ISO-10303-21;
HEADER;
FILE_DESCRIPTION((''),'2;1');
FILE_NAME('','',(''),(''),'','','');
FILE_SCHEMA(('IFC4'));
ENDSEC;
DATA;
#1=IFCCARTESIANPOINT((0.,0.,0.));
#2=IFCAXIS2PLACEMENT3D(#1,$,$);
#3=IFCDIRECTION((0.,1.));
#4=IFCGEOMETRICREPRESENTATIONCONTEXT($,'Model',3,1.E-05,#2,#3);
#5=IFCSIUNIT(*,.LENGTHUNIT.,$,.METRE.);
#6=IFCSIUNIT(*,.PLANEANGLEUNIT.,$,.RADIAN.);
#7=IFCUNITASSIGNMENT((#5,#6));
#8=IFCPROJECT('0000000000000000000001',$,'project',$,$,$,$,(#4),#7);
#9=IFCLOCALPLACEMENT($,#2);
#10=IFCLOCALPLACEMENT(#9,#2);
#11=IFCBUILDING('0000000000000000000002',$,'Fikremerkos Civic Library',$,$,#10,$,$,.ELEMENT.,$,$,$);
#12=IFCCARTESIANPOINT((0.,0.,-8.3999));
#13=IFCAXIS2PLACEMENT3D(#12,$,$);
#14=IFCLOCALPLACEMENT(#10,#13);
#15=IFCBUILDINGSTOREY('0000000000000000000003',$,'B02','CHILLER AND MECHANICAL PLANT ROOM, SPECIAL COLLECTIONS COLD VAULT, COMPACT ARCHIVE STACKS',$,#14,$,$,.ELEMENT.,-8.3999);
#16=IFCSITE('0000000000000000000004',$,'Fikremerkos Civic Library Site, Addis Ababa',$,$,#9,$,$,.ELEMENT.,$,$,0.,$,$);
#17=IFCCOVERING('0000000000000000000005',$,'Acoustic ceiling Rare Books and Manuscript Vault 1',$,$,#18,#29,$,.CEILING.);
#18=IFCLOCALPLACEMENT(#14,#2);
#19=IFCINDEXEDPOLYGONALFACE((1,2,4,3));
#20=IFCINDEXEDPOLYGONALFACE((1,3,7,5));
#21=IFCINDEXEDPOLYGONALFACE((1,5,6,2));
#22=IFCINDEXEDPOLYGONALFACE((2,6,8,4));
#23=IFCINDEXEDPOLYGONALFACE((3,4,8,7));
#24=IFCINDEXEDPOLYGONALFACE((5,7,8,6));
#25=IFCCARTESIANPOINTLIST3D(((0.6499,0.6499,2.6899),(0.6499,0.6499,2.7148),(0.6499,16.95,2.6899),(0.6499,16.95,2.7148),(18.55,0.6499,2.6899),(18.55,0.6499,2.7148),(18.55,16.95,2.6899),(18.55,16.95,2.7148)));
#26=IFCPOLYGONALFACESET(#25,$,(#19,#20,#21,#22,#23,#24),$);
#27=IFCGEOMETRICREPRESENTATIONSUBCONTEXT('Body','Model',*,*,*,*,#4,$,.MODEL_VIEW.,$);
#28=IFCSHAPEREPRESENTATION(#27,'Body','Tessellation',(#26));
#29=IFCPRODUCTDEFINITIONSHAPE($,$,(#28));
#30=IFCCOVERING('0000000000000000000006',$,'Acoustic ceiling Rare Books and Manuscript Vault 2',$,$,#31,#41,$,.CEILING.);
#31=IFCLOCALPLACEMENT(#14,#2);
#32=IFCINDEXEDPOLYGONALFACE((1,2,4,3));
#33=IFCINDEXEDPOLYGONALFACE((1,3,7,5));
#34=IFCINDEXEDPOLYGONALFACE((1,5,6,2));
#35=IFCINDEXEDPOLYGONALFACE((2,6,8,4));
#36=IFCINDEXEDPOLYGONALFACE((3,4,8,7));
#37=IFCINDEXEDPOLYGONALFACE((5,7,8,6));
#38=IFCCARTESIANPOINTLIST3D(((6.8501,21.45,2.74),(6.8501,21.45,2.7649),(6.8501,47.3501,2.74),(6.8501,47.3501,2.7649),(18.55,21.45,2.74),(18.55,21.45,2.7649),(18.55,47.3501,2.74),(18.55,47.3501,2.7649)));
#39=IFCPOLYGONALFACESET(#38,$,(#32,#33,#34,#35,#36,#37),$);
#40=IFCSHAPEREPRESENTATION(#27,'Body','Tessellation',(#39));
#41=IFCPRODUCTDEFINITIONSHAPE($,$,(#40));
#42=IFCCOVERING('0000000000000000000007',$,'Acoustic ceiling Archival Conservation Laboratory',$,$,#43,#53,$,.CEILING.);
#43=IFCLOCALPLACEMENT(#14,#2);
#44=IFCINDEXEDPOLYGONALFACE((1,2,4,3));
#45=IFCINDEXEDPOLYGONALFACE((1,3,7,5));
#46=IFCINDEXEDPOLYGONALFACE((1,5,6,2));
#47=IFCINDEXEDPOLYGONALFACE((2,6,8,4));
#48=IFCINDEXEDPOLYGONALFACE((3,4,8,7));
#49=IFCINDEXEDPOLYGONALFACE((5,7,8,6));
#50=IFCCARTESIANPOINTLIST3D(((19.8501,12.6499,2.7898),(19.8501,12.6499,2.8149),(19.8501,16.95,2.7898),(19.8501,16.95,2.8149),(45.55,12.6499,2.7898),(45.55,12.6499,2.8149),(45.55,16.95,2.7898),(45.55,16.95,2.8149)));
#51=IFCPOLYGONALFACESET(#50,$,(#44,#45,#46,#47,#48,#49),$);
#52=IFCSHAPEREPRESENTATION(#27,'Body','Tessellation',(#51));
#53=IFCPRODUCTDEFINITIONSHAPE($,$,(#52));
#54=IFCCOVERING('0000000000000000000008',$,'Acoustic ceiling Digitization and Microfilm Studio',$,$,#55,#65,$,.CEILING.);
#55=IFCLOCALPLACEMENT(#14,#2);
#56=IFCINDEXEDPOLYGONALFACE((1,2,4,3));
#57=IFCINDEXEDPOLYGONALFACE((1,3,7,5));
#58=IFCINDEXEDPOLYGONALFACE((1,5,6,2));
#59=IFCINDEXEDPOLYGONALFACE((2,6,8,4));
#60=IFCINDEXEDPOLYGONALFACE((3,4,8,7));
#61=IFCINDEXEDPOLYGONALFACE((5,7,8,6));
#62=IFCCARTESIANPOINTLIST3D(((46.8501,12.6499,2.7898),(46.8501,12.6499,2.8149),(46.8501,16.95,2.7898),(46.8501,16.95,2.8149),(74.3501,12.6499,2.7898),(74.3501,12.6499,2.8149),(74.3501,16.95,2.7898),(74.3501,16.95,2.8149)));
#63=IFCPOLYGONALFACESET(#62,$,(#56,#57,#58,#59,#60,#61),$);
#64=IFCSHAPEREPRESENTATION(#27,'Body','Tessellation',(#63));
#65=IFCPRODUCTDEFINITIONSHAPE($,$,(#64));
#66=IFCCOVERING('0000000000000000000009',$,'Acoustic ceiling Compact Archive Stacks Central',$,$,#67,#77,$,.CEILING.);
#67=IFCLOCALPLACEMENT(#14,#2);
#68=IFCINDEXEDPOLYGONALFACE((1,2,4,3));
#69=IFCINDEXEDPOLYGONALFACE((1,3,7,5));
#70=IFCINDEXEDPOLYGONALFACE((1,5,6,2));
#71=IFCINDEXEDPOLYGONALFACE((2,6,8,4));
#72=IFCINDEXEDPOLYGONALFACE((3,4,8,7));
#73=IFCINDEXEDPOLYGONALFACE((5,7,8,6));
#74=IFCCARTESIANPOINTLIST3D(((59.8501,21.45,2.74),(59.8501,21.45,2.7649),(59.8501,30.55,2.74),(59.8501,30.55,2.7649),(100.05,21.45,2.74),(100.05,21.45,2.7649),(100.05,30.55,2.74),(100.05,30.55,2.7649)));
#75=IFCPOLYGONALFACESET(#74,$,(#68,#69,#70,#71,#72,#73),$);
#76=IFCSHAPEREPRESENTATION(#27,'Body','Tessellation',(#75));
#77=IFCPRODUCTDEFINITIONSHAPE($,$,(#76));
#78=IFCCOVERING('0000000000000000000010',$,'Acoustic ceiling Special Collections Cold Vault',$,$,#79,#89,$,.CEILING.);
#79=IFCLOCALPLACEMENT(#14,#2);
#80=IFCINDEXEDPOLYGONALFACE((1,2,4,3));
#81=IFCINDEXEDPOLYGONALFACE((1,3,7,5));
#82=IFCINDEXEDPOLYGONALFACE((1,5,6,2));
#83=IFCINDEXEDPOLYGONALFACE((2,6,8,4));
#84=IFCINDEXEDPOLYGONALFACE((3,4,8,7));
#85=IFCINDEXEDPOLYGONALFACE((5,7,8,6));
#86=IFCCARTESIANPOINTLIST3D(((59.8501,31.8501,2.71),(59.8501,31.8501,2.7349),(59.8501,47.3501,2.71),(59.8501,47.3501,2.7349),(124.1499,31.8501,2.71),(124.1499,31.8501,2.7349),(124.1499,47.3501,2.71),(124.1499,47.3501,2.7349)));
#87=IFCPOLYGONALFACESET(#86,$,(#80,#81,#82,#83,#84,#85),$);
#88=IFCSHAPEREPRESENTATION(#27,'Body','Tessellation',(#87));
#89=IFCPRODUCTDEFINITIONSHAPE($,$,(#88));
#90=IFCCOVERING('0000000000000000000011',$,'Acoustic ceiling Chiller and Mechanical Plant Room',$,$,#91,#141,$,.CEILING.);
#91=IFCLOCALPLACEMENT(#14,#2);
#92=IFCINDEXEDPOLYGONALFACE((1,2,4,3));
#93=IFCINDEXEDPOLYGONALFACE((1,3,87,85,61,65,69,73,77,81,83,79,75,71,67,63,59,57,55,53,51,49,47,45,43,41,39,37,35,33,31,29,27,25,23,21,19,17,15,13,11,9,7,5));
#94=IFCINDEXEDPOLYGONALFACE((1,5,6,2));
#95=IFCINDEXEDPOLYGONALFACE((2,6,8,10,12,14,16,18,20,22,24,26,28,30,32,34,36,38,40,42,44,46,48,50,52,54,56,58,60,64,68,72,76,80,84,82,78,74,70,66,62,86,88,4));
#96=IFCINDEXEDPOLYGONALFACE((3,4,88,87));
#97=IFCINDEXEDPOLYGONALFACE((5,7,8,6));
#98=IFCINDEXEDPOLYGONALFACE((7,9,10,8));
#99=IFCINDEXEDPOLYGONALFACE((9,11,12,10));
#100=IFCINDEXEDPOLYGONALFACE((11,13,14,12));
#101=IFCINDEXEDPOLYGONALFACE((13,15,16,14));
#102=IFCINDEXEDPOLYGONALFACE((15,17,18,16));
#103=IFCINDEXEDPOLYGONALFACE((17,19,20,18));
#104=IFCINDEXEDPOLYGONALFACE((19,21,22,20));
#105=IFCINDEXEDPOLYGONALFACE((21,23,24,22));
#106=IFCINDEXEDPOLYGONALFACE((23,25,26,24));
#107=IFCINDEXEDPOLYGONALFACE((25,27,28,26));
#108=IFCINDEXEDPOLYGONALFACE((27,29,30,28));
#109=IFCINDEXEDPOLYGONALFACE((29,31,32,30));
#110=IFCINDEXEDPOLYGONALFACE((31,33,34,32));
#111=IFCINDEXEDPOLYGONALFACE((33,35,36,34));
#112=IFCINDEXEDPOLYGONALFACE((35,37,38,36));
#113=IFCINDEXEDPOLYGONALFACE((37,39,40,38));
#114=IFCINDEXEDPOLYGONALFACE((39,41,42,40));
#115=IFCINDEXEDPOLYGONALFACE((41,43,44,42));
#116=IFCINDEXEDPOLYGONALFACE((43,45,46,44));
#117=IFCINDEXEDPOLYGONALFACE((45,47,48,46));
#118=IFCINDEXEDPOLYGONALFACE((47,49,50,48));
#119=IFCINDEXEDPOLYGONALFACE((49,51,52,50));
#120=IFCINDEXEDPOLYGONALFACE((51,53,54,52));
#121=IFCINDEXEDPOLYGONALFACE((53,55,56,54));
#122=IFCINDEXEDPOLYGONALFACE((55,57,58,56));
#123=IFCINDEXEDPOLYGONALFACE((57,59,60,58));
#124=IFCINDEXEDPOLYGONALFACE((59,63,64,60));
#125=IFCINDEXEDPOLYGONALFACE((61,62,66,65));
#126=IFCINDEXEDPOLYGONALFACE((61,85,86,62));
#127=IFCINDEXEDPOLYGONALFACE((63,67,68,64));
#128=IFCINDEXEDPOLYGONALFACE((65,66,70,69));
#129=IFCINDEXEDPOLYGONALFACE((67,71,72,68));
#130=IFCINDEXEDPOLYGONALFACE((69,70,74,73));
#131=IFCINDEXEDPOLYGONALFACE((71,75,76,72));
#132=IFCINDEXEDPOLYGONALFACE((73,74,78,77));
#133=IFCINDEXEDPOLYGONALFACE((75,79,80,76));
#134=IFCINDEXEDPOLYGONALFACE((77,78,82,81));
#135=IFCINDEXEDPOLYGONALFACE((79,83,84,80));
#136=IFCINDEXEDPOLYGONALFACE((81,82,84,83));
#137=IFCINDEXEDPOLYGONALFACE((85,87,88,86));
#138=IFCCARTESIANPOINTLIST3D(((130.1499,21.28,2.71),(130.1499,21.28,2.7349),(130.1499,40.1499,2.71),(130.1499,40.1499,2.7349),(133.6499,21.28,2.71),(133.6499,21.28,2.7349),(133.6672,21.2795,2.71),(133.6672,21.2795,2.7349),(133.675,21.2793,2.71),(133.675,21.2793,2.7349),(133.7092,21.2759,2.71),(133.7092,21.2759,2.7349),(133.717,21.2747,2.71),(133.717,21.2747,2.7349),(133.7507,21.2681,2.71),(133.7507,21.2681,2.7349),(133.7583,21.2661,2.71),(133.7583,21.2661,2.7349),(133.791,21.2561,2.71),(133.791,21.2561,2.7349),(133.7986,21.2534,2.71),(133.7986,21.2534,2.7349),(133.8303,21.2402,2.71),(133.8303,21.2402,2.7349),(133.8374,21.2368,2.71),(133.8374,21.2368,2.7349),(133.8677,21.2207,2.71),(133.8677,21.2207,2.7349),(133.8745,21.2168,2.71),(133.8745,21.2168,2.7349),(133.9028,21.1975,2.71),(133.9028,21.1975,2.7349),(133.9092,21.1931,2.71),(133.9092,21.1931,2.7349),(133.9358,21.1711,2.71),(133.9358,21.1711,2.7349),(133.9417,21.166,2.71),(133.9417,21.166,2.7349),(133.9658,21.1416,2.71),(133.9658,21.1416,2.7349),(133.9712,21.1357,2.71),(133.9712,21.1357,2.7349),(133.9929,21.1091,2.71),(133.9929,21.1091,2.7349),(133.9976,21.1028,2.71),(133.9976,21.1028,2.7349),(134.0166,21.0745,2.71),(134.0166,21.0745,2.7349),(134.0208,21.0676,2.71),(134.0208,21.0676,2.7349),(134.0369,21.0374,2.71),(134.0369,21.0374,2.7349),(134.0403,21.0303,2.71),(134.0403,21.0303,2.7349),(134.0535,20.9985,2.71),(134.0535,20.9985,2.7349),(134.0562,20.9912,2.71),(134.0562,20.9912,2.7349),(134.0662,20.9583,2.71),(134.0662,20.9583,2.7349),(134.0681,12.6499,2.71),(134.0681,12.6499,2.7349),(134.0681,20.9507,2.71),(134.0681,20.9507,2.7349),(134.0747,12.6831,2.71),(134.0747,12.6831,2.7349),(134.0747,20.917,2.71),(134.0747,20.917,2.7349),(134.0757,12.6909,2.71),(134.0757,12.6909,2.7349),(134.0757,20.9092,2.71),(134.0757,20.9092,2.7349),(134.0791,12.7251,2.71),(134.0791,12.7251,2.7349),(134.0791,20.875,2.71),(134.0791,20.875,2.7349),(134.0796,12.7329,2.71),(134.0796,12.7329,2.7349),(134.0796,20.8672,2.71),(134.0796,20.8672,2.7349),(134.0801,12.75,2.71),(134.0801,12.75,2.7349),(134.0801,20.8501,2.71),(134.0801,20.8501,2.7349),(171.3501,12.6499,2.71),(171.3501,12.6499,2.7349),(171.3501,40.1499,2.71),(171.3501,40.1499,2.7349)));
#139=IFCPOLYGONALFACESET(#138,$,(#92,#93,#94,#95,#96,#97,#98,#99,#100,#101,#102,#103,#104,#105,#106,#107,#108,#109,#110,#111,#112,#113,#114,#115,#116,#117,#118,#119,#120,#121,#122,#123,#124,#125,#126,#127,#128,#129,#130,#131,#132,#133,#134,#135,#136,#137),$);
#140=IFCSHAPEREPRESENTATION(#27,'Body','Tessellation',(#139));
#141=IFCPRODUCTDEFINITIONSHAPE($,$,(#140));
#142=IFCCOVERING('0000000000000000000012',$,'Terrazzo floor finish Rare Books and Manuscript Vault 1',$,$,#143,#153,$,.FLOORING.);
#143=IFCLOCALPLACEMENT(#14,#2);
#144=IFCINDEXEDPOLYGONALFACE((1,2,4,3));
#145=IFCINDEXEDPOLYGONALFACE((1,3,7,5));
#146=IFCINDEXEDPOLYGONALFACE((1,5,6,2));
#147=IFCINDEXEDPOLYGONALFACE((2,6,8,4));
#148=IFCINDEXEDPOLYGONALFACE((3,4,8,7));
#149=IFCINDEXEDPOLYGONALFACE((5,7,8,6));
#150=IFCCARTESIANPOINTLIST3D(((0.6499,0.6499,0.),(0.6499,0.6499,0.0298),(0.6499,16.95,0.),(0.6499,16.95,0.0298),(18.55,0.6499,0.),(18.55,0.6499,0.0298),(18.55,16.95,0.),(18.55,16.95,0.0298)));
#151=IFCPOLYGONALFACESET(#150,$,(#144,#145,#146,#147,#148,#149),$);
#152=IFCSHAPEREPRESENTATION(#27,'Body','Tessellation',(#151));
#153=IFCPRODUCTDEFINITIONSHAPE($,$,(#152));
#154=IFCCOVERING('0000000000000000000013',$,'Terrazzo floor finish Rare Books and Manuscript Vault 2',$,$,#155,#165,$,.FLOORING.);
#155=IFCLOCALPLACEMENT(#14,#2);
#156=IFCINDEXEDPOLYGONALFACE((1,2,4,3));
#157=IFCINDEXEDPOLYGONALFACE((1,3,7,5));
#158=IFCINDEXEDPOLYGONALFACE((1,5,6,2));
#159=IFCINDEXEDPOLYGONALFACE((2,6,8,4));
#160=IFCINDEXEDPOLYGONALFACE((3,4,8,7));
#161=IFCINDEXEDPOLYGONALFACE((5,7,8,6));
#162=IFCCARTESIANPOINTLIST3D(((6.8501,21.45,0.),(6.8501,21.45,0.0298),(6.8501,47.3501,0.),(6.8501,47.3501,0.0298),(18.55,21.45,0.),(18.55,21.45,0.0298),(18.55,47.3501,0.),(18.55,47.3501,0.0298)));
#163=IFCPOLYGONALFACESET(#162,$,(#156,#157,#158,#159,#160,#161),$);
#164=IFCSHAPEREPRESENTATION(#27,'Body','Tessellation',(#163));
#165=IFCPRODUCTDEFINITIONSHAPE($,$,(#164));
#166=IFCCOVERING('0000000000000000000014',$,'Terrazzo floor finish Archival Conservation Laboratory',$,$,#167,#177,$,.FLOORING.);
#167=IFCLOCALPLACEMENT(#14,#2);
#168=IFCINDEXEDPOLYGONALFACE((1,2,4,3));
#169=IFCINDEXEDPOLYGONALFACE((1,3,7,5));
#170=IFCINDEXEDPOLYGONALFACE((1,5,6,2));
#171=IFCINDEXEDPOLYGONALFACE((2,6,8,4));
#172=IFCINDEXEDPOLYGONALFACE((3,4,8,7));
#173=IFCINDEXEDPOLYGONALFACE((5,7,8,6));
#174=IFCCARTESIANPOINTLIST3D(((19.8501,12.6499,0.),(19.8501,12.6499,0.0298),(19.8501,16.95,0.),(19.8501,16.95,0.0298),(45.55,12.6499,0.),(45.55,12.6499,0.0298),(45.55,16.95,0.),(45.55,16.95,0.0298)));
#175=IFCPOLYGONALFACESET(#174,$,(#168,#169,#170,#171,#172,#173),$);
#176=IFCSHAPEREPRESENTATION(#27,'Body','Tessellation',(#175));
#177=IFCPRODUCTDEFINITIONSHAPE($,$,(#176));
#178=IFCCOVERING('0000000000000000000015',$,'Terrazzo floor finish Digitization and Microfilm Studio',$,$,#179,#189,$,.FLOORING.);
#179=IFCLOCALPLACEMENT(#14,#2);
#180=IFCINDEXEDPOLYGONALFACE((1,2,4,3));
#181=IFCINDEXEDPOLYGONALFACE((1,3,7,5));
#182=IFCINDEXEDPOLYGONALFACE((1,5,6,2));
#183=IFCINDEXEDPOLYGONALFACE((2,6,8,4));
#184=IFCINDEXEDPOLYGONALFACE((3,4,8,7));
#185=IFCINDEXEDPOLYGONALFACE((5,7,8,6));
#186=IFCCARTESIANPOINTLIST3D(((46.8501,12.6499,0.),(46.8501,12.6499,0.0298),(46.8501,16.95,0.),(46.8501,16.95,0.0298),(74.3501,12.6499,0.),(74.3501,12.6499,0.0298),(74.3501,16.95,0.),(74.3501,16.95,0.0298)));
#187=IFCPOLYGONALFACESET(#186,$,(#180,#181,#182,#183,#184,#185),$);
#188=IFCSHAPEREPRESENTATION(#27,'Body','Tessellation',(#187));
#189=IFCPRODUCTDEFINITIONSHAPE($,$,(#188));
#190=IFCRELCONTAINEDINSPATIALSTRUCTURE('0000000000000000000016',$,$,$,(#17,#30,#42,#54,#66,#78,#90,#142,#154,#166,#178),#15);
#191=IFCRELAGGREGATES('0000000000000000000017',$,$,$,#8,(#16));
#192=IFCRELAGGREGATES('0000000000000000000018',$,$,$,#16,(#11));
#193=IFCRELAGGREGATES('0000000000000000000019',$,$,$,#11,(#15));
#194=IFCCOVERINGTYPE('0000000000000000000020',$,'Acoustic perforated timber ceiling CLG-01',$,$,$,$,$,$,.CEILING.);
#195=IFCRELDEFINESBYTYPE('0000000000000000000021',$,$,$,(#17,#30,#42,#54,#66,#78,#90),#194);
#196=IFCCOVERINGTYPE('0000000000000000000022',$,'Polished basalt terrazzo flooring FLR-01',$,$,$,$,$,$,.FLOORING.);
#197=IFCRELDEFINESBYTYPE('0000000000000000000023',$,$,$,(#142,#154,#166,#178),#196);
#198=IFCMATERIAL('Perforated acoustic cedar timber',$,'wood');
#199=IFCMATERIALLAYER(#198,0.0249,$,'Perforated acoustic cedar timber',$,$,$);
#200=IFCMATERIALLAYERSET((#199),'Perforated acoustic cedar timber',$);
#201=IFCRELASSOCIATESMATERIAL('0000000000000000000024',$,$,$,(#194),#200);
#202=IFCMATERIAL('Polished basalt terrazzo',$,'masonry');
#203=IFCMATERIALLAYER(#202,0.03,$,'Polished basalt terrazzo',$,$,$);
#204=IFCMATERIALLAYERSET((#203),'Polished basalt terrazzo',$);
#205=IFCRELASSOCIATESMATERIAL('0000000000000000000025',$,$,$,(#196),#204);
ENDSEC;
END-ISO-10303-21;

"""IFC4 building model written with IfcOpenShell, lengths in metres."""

from ifc_helpers import new_model, si_unit, direction, frame, origin, place, context, subcontext, project, spatial, polyline, outline, extrude, material, layer, layer_set, type_object, element, save


model = new_model("IFC4")

# Units and contexts
model_context = context("Model", 3, precision=1e-05, world=origin(), true_north=direction((0.0, 1.0)))
body_context = subcontext(model_context, "Body", "Model", "MODEL_VIEW")
ifc_project = project(units=[si_unit("LENGTHUNIT", "METRE"), si_unit("PLANEANGLEUNIT", "RADIAN")], contexts=[model_context])

# Site, building, storey
site_placement = place(None, origin())
site = spatial("IfcSite", under=ifc_project, at=site_placement, Name="Fikremerkos Civic Library Site, Addis Ababa", CompositionType="ELEMENT", RefElevation=0.0)
building_placement = place(site_placement, origin())
building = spatial("IfcBuilding", under=site, at=building_placement, Name="Fikremerkos Civic Library", CompositionType="ELEMENT")
storey_placement = place(building_placement, frame((0.0, 0.0, -8.3999)))
storey = spatial("IfcBuildingStorey", under=building, at=storey_placement, Name="B02", Description="CHILLER AND MECHANICAL PLANT ROOM, SPECIAL COLLECTIONS COLD VAULT, COMPACT ARCHIVE STACKS", CompositionType="ELEMENT", Elevation=-8.3999)

# Coverings
ifc_material_1 = material(Name="Perforated acoustic cedar timber", Category="wood")
ifc_layer_1 = layer(ifc_material_1, 0.0249, Name="Perforated acoustic cedar timber")
ifc_layer_set_1 = layer_set([ifc_layer_1], Name="Perforated acoustic cedar timber")
covering_type_1 = type_object("IfcCoveringType", Name="Acoustic perforated timber ceiling CLG-01", PredefinedType="CEILING", material=ifc_layer_set_1)
covering_1_placement = place(storey_placement, frame((0.0, 0.0, 2.6899)))
element("IfcCovering", 1, at=covering_1_placement, inside=storey, type_object=covering_type_1, Name="Acoustic ceiling Rare Books and Manuscript Vault 1", PredefinedType="CEILING", context=body_context, shape_type="SweptSolid", body=[
    extrude(outline(polyline([(0.6499, 0.6499), (0.6499, 16.95), (18.55, 16.95), (18.55, 0.6499), (0.6499, 0.6499)])), origin(), (0.0, 0.0, 1.0), 0.0249),
])
covering_2_placement = place(storey_placement, frame((0.0, 0.0, 2.74)))
element("IfcCovering", 2, at=covering_2_placement, inside=storey, type_object=covering_type_1, Name="Acoustic ceiling Rare Books and Manuscript Vault 2", PredefinedType="CEILING", context=body_context, shape_type="SweptSolid", body=[
    extrude(outline(polyline([(6.8501, 21.45), (6.8501, 47.3501), (18.55, 47.3501), (18.55, 21.45), (6.8501, 21.45)])), origin(), (0.0, 0.0, 1.0), 0.0249),
])
covering_3_placement = place(storey_placement, frame((0.0, 0.0, 2.7898)))
element("IfcCovering", 3, at=covering_3_placement, inside=storey, type_object=covering_type_1, Name="Acoustic ceiling Archival Conservation Laboratory", PredefinedType="CEILING", context=body_context, shape_type="SweptSolid", body=[
    extrude(outline(polyline([(19.8501, 12.6499), (19.8501, 16.95), (45.55, 16.95), (45.55, 12.6499), (19.8501, 12.6499)])), origin(), (0.0, 0.0, 1.0), 0.0251),
])
covering_4_placement = place(storey_placement, frame((0.0, 0.0, 2.7898)))
element("IfcCovering", 4, at=covering_4_placement, inside=storey, type_object=covering_type_1, Name="Acoustic ceiling Digitization and Microfilm Studio", PredefinedType="CEILING", context=body_context, shape_type="SweptSolid", body=[
    extrude(outline(polyline([(46.8501, 12.6499), (46.8501, 16.95), (74.3501, 16.95), (74.3501, 12.6499), (46.8501, 12.6499)])), origin(), (0.0, 0.0, 1.0), 0.0251),
])
covering_5_placement = place(storey_placement, frame((0.0, 0.0, 2.74)))
element("IfcCovering", 5, at=covering_5_placement, inside=storey, type_object=covering_type_1, Name="Acoustic ceiling Compact Archive Stacks Central", PredefinedType="CEILING", context=body_context, shape_type="SweptSolid", body=[
    extrude(outline(polyline([(59.8501, 21.45), (59.8501, 30.55), (100.05, 30.55), (100.05, 21.45), (59.8501, 21.45)])), origin(), (0.0, 0.0, 1.0), 0.0249),
])
covering_6_placement = place(storey_placement, frame((0.0, 0.0, 2.71)))
element("IfcCovering", 6, at=covering_6_placement, inside=storey, type_object=covering_type_1, Name="Acoustic ceiling Special Collections Cold Vault", PredefinedType="CEILING", context=body_context, shape_type="SweptSolid", body=[
    extrude(outline(polyline([(59.8501, 31.8501), (59.8501, 47.3501), (124.1499, 47.3501), (124.1499, 31.8501), (59.8501, 31.8501)])), origin(), (0.0, 0.0, 1.0), 0.0249),
])
covering_7_placement = place(storey_placement, frame((0.0, 0.0, 2.71)))
element("IfcCovering", 7, at=covering_7_placement, inside=storey, type_object=covering_type_1, Name="Acoustic ceiling Chiller and Mechanical Plant Room", PredefinedType="CEILING", context=body_context, shape_type="SweptSolid", body=[
    extrude(outline(polyline([(130.1499, 40.1499), (171.3501, 40.1499), (171.3501, 12.6499), (134.0681, 12.6499), (134.0747, 12.6831), (134.0757, 12.6909), (134.0791, 12.7251), (134.0796, 12.7329), (134.0801, 12.75), (134.0801, 20.8501), (134.0796, 20.8672), (134.0791, 20.875), (134.0757, 20.9092), (134.0747, 20.917), (134.0681, 20.9507), (134.0662, 20.9583), (134.0562, 20.9912), (134.0535, 20.9985), (134.0403, 21.0303), (134.0369, 21.0374), (134.0208, 21.0676), (134.0166, 21.0745), (133.9976, 21.1028), (133.9929, 21.1091), (133.9712, 21.1357), (133.9658, 21.1416), (133.9417, 21.166), (133.9358, 21.1711), (133.9092, 21.1931), (133.9028, 21.1975), (133.8745, 21.2168), (133.8677, 21.2207), (133.8374, 21.2368), (133.8303, 21.2402), (133.7986, 21.2534), (133.791, 21.2561), (133.7583, 21.2661), (133.7507, 21.2681), (133.717, 21.2747), (133.7092, 21.2759), (133.675, 21.2793), (133.6672, 21.2795), (133.6499, 21.28), (130.1499, 21.28), (130.1499, 40.1499)])), origin(), (0.0, 0.0, 1.0), 0.0249),
])
ifc_material_2 = material(Name="Polished basalt terrazzo", Category="masonry")
ifc_layer_2 = layer(ifc_material_2, 0.03, Name="Polished basalt terrazzo")
ifc_layer_set_2 = layer_set([ifc_layer_2], Name="Polished basalt terrazzo")
covering_type_2 = type_object("IfcCoveringType", Name="Polished basalt terrazzo flooring FLR-01", PredefinedType="FLOORING", material=ifc_layer_set_2)
covering_8_placement = place(storey_placement, origin())
element("IfcCovering", 8, at=covering_8_placement, inside=storey, type_object=covering_type_2, Name="Terrazzo floor finish Rare Books and Manuscript Vault 1", PredefinedType="FLOORING", context=body_context, shape_type="SweptSolid", body=[
    extrude(outline(polyline([(0.6499, 0.6499), (0.6499, 16.95), (18.55, 16.95), (18.55, 0.6499), (0.6499, 0.6499)])), origin(), (0.0, 0.0, 1.0), 0.0298),
])
covering_9_placement = place(storey_placement, origin())
element("IfcCovering", 9, at=covering_9_placement, inside=storey, type_object=covering_type_2, Name="Terrazzo floor finish Rare Books and Manuscript Vault 2", PredefinedType="FLOORING", context=body_context, shape_type="SweptSolid", body=[
    extrude(outline(polyline([(6.8501, 21.45), (6.8501, 47.3501), (18.55, 47.3501), (18.55, 21.45), (6.8501, 21.45)])), origin(), (0.0, 0.0, 1.0), 0.0298),
])
covering_10_placement = place(storey_placement, origin())
element("IfcCovering", 10, at=covering_10_placement, inside=storey, type_object=covering_type_2, Name="Terrazzo floor finish Archival Conservation Laboratory", PredefinedType="FLOORING", context=body_context, shape_type="SweptSolid", body=[
    extrude(outline(polyline([(19.8501, 12.6499), (19.8501, 16.95), (45.55, 16.95), (45.55, 12.6499), (19.8501, 12.6499)])), origin(), (0.0, 0.0, 1.0), 0.0298),
])
covering_11_placement = place(storey_placement, origin())
element("IfcCovering", 11, at=covering_11_placement, inside=storey, type_object=covering_type_2, Name="Terrazzo floor finish Digitization and Microfilm Studio", PredefinedType="FLOORING", context=body_context, shape_type="SweptSolid", body=[
    extrude(outline(polyline([(46.8501, 12.6499), (46.8501, 16.95), (74.3501, 16.95), (74.3501, 12.6499), (46.8501, 12.6499)])), origin(), (0.0, 0.0, 1.0), 0.0298),
])

save(model, "model.ifc")
